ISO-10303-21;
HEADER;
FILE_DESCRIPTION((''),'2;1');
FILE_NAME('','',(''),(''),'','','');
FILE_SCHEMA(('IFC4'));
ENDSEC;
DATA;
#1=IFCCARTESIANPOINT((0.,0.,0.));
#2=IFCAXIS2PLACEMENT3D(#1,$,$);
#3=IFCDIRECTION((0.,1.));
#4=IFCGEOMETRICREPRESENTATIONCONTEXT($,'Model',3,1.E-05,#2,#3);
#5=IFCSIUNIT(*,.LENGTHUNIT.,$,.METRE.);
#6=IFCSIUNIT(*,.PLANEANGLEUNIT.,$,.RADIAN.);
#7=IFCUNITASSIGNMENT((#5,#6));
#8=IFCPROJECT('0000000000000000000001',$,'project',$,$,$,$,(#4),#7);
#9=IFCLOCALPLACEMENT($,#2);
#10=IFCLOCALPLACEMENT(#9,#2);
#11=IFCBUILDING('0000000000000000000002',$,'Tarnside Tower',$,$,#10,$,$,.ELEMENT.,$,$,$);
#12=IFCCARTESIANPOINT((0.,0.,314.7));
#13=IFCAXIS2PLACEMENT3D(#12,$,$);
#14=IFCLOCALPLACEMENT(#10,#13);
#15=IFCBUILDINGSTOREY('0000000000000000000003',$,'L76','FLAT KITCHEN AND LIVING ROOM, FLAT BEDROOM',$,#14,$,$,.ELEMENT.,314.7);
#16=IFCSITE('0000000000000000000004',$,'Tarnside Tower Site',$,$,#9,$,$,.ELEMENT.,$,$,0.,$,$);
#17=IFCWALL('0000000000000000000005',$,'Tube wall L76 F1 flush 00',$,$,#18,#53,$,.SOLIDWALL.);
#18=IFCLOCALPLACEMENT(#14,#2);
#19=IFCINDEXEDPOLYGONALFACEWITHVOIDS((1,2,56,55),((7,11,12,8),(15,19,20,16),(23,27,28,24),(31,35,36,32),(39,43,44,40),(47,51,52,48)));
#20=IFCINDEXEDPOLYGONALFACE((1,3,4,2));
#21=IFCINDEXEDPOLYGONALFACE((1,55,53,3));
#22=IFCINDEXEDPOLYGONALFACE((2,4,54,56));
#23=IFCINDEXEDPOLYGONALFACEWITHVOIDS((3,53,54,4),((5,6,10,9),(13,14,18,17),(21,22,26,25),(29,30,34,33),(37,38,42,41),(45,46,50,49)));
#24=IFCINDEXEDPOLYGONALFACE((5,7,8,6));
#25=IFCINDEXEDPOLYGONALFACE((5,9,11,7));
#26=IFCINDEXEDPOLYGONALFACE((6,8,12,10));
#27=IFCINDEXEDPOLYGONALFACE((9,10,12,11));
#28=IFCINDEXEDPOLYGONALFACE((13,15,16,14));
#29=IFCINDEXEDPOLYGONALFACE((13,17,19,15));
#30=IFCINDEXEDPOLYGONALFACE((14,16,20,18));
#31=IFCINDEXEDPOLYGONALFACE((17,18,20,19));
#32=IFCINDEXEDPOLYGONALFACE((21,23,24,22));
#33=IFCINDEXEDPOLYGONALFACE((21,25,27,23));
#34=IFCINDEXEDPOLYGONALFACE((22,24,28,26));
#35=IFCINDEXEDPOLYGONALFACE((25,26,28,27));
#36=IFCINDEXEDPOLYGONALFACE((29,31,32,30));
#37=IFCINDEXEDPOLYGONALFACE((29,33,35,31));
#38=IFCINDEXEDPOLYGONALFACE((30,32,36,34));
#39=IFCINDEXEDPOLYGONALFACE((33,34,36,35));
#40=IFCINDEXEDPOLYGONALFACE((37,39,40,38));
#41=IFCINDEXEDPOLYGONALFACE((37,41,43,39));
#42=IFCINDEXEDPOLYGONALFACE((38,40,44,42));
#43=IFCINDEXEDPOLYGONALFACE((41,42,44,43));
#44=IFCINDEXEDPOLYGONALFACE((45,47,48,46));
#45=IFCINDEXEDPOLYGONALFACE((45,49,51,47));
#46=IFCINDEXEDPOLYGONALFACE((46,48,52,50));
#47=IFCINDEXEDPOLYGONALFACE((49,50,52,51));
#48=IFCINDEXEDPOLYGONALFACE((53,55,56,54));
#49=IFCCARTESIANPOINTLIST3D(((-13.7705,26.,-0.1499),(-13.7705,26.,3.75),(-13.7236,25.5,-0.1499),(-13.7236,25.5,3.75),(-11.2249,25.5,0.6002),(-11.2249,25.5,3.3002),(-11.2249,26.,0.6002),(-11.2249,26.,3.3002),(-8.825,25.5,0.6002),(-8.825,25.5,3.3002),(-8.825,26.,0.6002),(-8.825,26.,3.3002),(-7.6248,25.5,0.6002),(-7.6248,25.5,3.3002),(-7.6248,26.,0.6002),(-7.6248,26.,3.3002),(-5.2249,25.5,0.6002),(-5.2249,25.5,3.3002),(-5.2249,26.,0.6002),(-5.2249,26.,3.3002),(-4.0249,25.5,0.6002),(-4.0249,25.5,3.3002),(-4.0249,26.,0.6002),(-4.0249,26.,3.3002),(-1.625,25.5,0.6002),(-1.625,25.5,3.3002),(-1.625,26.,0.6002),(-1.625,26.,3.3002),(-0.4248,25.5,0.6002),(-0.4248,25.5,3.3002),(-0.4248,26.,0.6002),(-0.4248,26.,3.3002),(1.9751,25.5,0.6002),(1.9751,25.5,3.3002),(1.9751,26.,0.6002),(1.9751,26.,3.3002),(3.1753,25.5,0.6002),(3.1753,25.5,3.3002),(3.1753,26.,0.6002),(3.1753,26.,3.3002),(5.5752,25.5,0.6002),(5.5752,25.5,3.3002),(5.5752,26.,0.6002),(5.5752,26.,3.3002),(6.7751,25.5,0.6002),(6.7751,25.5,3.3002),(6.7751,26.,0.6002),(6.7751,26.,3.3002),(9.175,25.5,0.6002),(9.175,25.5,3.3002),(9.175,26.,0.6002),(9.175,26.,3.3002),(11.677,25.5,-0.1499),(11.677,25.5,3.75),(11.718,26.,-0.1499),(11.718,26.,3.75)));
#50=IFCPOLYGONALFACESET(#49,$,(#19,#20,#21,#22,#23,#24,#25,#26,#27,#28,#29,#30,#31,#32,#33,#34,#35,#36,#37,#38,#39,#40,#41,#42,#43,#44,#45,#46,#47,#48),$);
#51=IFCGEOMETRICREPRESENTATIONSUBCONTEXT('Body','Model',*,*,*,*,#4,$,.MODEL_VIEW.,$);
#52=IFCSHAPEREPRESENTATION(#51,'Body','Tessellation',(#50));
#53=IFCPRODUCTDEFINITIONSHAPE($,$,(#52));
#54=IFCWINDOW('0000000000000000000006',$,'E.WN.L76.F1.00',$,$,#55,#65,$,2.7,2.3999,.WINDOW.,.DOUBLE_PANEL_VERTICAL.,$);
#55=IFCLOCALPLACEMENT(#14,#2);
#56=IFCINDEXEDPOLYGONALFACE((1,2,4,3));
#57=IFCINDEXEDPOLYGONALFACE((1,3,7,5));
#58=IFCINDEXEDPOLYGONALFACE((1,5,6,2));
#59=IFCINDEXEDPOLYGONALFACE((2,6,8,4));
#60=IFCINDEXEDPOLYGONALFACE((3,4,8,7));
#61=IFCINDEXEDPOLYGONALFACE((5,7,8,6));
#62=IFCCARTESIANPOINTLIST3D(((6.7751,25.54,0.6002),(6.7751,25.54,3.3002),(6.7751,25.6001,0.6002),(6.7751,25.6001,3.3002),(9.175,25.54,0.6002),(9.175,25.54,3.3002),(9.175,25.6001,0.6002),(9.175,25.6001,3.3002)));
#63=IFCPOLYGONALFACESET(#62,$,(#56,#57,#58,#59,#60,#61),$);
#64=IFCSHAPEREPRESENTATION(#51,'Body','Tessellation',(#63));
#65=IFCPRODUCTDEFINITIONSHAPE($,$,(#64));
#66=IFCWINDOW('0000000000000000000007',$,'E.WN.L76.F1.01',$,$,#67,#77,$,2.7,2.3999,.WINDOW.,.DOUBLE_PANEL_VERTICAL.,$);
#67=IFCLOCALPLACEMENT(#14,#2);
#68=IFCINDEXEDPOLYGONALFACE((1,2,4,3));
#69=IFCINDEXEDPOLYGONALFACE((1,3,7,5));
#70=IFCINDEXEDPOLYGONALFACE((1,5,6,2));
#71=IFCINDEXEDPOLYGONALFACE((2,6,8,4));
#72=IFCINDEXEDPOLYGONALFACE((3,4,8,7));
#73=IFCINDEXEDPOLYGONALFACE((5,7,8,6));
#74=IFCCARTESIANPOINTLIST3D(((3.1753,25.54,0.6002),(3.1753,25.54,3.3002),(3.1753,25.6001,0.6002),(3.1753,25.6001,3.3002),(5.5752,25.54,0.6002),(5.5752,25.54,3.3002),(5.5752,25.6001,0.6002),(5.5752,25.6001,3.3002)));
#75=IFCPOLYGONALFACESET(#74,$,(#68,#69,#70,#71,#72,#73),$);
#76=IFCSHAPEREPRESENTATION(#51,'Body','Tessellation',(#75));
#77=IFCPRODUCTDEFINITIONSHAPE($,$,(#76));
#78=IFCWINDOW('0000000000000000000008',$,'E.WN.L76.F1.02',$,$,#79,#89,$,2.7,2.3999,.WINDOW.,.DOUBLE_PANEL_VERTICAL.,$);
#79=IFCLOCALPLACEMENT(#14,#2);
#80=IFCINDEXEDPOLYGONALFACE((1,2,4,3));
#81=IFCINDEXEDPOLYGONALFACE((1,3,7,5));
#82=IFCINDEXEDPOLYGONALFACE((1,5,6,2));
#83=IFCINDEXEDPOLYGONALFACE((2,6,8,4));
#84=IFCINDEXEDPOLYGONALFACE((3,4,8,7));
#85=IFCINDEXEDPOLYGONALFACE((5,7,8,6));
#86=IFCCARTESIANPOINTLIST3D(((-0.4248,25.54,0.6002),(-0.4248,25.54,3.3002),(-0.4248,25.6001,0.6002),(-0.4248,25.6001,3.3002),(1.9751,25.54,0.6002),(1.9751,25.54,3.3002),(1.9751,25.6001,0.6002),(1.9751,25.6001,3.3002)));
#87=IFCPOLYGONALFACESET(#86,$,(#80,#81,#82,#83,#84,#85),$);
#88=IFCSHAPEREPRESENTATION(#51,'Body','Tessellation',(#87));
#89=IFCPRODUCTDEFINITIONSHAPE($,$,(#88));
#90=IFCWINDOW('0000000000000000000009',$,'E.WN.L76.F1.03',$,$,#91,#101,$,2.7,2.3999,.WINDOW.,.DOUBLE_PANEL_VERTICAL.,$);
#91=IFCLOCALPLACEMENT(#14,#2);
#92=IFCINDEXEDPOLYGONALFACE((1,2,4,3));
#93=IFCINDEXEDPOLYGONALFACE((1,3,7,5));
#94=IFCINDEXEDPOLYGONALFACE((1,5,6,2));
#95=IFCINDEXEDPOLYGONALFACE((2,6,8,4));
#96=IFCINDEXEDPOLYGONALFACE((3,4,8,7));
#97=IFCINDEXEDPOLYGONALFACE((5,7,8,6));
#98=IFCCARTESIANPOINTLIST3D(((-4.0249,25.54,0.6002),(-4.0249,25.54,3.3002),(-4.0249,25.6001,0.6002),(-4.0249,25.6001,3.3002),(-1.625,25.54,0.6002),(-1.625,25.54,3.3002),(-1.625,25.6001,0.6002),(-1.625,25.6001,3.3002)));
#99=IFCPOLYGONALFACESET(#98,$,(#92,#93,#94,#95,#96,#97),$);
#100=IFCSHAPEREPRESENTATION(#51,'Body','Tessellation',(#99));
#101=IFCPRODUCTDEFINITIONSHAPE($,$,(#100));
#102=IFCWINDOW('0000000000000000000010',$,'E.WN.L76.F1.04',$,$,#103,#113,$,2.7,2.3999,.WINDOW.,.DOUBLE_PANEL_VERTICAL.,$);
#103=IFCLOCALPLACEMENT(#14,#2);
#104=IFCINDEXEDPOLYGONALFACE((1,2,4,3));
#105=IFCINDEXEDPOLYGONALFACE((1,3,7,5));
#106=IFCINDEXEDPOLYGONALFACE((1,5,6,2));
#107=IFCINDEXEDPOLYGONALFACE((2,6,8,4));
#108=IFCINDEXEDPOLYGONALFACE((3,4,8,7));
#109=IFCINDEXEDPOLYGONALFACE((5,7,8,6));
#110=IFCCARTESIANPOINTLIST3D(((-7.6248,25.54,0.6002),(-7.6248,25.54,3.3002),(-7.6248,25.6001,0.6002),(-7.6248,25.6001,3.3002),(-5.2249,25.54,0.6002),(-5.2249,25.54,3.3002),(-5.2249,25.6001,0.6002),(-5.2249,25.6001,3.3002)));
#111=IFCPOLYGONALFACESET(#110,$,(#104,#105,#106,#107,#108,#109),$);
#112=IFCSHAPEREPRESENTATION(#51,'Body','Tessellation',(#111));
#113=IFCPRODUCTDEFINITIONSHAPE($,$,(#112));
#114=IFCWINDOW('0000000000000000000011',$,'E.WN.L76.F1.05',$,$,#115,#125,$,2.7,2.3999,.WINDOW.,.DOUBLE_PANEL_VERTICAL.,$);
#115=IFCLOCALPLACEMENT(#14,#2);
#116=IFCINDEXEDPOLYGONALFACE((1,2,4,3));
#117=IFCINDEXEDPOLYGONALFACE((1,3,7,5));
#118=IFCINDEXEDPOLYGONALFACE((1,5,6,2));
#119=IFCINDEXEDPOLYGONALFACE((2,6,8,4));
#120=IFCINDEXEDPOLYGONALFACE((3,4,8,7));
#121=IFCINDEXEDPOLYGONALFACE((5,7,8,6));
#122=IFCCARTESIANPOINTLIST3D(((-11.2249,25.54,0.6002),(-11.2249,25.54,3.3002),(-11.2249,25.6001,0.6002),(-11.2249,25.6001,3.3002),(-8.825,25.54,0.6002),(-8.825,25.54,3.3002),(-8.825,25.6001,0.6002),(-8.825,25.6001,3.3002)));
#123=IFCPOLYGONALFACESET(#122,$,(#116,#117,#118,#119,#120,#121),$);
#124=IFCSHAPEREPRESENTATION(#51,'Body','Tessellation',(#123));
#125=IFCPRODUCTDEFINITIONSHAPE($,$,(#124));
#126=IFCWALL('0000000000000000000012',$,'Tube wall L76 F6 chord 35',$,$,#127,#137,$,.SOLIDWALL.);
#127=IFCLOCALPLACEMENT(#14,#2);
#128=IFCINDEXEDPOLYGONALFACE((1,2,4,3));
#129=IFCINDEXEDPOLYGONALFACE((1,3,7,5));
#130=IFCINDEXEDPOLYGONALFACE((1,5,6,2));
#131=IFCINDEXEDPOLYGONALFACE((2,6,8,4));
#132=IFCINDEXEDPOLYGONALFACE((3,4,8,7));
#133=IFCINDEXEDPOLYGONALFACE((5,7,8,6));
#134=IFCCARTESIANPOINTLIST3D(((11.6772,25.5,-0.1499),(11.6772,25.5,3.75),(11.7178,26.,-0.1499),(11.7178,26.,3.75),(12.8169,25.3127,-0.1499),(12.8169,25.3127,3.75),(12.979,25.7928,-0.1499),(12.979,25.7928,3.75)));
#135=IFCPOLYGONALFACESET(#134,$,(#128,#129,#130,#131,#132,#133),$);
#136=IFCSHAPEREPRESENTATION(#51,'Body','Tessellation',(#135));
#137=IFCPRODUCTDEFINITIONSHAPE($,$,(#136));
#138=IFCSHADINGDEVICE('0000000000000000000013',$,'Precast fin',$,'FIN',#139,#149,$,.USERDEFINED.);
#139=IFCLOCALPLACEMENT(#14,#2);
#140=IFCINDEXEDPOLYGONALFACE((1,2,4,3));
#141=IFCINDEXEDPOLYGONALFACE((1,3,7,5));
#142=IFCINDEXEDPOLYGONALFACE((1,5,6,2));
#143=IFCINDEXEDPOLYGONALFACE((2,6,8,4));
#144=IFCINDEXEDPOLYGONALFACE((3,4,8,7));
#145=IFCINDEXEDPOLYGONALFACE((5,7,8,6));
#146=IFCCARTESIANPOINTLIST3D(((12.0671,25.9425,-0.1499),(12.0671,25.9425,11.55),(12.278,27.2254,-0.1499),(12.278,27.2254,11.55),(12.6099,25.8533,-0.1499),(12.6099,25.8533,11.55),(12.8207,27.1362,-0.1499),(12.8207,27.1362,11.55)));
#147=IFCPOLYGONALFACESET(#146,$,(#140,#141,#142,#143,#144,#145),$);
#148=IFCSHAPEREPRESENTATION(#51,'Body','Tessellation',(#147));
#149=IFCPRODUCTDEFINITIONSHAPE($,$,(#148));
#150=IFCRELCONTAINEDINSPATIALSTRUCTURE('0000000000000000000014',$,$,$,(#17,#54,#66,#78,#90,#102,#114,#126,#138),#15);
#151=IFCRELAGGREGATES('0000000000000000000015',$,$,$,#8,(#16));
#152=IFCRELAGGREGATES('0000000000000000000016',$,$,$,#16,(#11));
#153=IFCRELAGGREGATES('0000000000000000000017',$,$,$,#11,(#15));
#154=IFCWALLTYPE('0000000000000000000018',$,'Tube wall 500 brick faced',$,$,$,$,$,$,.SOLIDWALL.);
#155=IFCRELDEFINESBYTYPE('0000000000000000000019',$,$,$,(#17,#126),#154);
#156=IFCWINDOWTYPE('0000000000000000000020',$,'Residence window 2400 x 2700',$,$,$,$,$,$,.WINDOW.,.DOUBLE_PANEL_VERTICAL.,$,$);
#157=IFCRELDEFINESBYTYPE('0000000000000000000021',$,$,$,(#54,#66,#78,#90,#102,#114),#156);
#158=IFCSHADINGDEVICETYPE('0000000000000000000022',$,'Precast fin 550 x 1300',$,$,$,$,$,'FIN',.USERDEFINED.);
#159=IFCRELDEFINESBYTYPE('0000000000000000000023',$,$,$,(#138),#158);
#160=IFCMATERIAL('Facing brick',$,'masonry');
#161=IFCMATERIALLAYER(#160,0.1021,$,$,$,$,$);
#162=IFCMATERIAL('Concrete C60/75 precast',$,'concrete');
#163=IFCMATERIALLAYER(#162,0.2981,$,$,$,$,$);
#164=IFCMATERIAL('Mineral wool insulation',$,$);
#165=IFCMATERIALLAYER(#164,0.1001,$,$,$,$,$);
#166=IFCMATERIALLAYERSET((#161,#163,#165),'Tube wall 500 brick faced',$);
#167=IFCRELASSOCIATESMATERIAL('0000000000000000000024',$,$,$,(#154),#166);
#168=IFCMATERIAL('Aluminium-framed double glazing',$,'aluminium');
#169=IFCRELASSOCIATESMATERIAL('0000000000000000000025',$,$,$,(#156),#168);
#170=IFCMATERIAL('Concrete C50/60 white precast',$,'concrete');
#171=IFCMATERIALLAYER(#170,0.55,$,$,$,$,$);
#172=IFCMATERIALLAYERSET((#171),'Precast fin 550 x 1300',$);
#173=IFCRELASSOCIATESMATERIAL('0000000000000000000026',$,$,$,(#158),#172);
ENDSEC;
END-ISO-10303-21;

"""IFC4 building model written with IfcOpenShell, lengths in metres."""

from ifc_helpers import new_model, si_unit, direction, frame, frame_2d, origin, place, context, subcontext, project, spatial, polyline, rectangle, outline, extrude, material, layer, layer_set, type_object, element, fill, save


model = new_model("IFC4")

# Units and contexts
model_context = context("Model", 3, precision=1e-05, world=origin(), true_north=direction((0.0, 1.0)))
body_context = subcontext(model_context, "Body", "Model", "MODEL_VIEW")
ifc_project = project(units=[si_unit("LENGTHUNIT", "METRE"), si_unit("PLANEANGLEUNIT", "RADIAN")], contexts=[model_context])

# Site, building, storey
site_placement = place(None, origin())
site = spatial("IfcSite", under=ifc_project, at=site_placement, Name="Tarnside Tower Site", CompositionType="ELEMENT", RefElevation=0.0)
building_placement = place(site_placement, origin())
building = spatial("IfcBuilding", under=site, at=building_placement, Name="Tarnside Tower", CompositionType="ELEMENT")
storey_placement = place(building_placement, frame((0.0, 0.0, 314.7)))
storey = spatial("IfcBuildingStorey", under=building, at=storey_placement, Name="L76", Description="FLAT KITCHEN AND LIVING ROOM, FLAT BEDROOM", CompositionType="ELEMENT", Elevation=314.7)

# Wall, openings, windows
ifc_material_1 = material(Name="Facing brick", Category="masonry")
ifc_layer_1 = layer(ifc_material_1, 0.1021)
ifc_material_2 = material(Name="Concrete C60/75 precast", Category="concrete")
ifc_layer_2 = layer(ifc_material_2, 0.2981)
ifc_material_3 = material(Name="Mineral wool insulation")
ifc_layer_3 = layer(ifc_material_3, 0.1001)
ifc_layer_set_1 = layer_set([ifc_layer_1, ifc_layer_2, ifc_layer_3], Name="Tube wall 500 brick faced")
wall_type_1 = type_object("IfcWallType", Name="Tube wall 500 brick faced", PredefinedType="SOLIDWALL", material=ifc_layer_set_1)
wall_1_placement = place(storey_placement, frame((11.6975, 25.75, -0.1499), z_axis=(0.0, 0.0, 1.0), x_axis=(-1.0, 0.0, 0.0)))
wall_1 = element("IfcWall", 1, at=wall_1_placement, inside=storey, type_object=wall_type_1, Name="Tube wall L76 F1 flush 00", PredefinedType="SOLIDWALL", context=body_context, shape_type="SweptSolid", body=[
    extrude(outline(polyline([(-0.0205, -0.25), (25.468, -0.25), (25.4211, 0.25), (0.0205, 0.25), (-0.0205, -0.25)])), origin(), (0.0, 0.0, 1.0), 3.8999),
])
opening_1_placement = place(wall_1_placement, frame((2.5225, 0.0, 0.75)))
opening_1 = element("IfcOpeningElement", 2, at=opening_1_placement, cuts=wall_1, PredefinedType="OPENING", context=body_context, shape_type="SweptSolid", body=[
    extrude(rectangle(XDim=2.3999, YDim=2.7, at=frame_2d((1.2, 1.3501))), frame((0.0, 0.26, 0.0), z_axis=(0.0, -1.0, 0.0), x_axis=(1.0, 0.0, 0.0)), (0.0, 0.0, 1.0), 0.52),
])
opening_2_placement = place(wall_1_placement, frame((6.1223, 0.0, 0.75)))
opening_2 = element("IfcOpeningElement", 3, at=opening_2_placement, cuts=wall_1, PredefinedType="OPENING", context=body_context, shape_type="SweptSolid", body=[
    extrude(rectangle(XDim=2.3999, YDim=2.7, at=frame_2d((1.2, 1.3501))), frame((0.0, 0.26, 0.0), z_axis=(0.0, -1.0, 0.0), x_axis=(1.0, 0.0, 0.0)), (0.0, 0.0, 1.0), 0.52),
])
opening_3_placement = place(wall_1_placement, frame((9.7224, 0.0, 0.75)))
opening_3 = element("IfcOpeningElement", 4, at=opening_3_placement, cuts=wall_1, PredefinedType="OPENING", context=body_context, shape_type="SweptSolid", body=[
    extrude(rectangle(XDim=2.3999, YDim=2.7, at=frame_2d((1.2, 1.3501))), frame((0.0, 0.26, 0.0), z_axis=(0.0, -1.0, 0.0), x_axis=(1.0, 0.0, 0.0)), (0.0, 0.0, 1.0), 0.52),
])
opening_4_placement = place(wall_1_placement, frame((13.3225, 0.0, 0.75)))
opening_4 = element("IfcOpeningElement", 5, at=opening_4_placement, cuts=wall_1, PredefinedType="OPENING", context=body_context, shape_type="SweptSolid", body=[
    extrude(rectangle(XDim=2.3999, YDim=2.7, at=frame_2d((1.2, 1.3501))), frame((0.0, 0.26, 0.0), z_axis=(0.0, -1.0, 0.0), x_axis=(1.0, 0.0, 0.0)), (0.0, 0.0, 1.0), 0.52),
])
opening_5_placement = place(wall_1_placement, frame((16.9224, 0.0, 0.75)))
opening_5 = element("IfcOpeningElement", 6, at=opening_5_placement, cuts=wall_1, PredefinedType="OPENING", context=body_context, shape_type="SweptSolid", body=[
    extrude(rectangle(XDim=2.3999, YDim=2.7, at=frame_2d((1.2, 1.3501))), frame((0.0, 0.26, 0.0), z_axis=(0.0, -1.0, 0.0), x_axis=(1.0, 0.0, 0.0)), (0.0, 0.0, 1.0), 0.52),
])
opening_6_placement = place(wall_1_placement, frame((20.5225, 0.0, 0.75)))
opening_6 = element("IfcOpeningElement", 7, at=opening_6_placement, cuts=wall_1, PredefinedType="OPENING", context=body_context, shape_type="SweptSolid", body=[
    extrude(rectangle(XDim=2.3999, YDim=2.7, at=frame_2d((1.2, 1.3501))), frame((0.0, 0.26, 0.0), z_axis=(0.0, -1.0, 0.0), x_axis=(1.0, 0.0, 0.0)), (0.0, 0.0, 1.0), 0.52),
])
ifc_material_4 = material(Name="Aluminium-framed double glazing", Category="aluminium")
window_type = type_object("IfcWindowType", Name="Residence window 2400 x 2700", PartitioningType="DOUBLE_PANEL_VERTICAL", PredefinedType="WINDOW", material=ifc_material_4)
window_1_placement = place(opening_1_placement, frame((0.0, 0.1799, 0.0)))
window_1 = element("IfcWindow", 8, at=window_1_placement, inside=storey, type_object=window_type, Name="E.WN.L76.F1.00", OverallHeight=2.7, OverallWidth=2.3999, PartitioningType="DOUBLE_PANEL_VERTICAL", PredefinedType="WINDOW", context=body_context, shape_type="SweptSolid", body=[
    extrude(rectangle(XDim=2.3999, YDim=2.7, at=frame_2d((1.2, 1.3501))), frame((0.0, 0.03, 0.0), z_axis=(0.0, -1.0, 0.0), x_axis=(1.0, 0.0, 0.0)), (0.0, 0.0, 1.0), 0.0601),
])
fill(opening_1, window_1)
window_2_placement = place(opening_2_placement, frame((0.0, 0.1799, 0.0)))
window_2 = element("IfcWindow", 9, at=window_2_placement, inside=storey, type_object=window_type, Name="E.WN.L76.F1.01", OverallHeight=2.7, OverallWidth=2.3999, PartitioningType="DOUBLE_PANEL_VERTICAL", PredefinedType="WINDOW", context=body_context, shape_type="SweptSolid", body=[
    extrude(rectangle(XDim=2.3999, YDim=2.7, at=frame_2d((1.2, 1.3501))), frame((0.0, 0.03, 0.0), z_axis=(0.0, -1.0, 0.0), x_axis=(1.0, 0.0, 0.0)), (0.0, 0.0, 1.0), 0.0601),
])
fill(opening_2, window_2)
window_3_placement = place(opening_3_placement, frame((0.0, 0.1799, 0.0)))
window_3 = element("IfcWindow", 10, at=window_3_placement, inside=storey, type_object=window_type, Name="E.WN.L76.F1.02", OverallHeight=2.7, OverallWidth=2.3999, PartitioningType="DOUBLE_PANEL_VERTICAL", PredefinedType="WINDOW", context=body_context, shape_type="SweptSolid", body=[
    extrude(rectangle(XDim=2.3999, YDim=2.7, at=frame_2d((1.2, 1.3501))), frame((0.0, 0.03, 0.0), z_axis=(0.0, -1.0, 0.0), x_axis=(1.0, 0.0, 0.0)), (0.0, 0.0, 1.0), 0.0601),
])
fill(opening_3, window_3)
window_4_placement = place(opening_4_placement, frame((0.0, 0.1799, 0.0)))
window_4 = element("IfcWindow", 11, at=window_4_placement, inside=storey, type_object=window_type, Name="E.WN.L76.F1.03", OverallHeight=2.7, OverallWidth=2.3999, PartitioningType="DOUBLE_PANEL_VERTICAL", PredefinedType="WINDOW", context=body_context, shape_type="SweptSolid", body=[
    extrude(rectangle(XDim=2.3999, YDim=2.7, at=frame_2d((1.2, 1.3501))), frame((0.0, 0.03, 0.0), z_axis=(0.0, -1.0, 0.0), x_axis=(1.0, 0.0, 0.0)), (0.0, 0.0, 1.0), 0.0601),
])
fill(opening_4, window_4)
window_5_placement = place(opening_5_placement, frame((0.0, 0.1799, 0.0)))
window_5 = element("IfcWindow", 12, at=window_5_placement, inside=storey, type_object=window_type, Name="E.WN.L76.F1.04", OverallHeight=2.7, OverallWidth=2.3999, PartitioningType="DOUBLE_PANEL_VERTICAL", PredefinedType="WINDOW", context=body_context, shape_type="SweptSolid", body=[
    extrude(rectangle(XDim=2.3999, YDim=2.7, at=frame_2d((1.2, 1.3501))), frame((0.0, 0.03, 0.0), z_axis=(0.0, -1.0, 0.0), x_axis=(1.0, 0.0, 0.0)), (0.0, 0.0, 1.0), 0.0601),
])
fill(opening_5, window_5)
window_6_placement = place(opening_6_placement, frame((0.0, 0.1799, 0.0)))
window_6 = element("IfcWindow", 13, at=window_6_placement, inside=storey, type_object=window_type, Name="E.WN.L76.F1.05", OverallHeight=2.7, OverallWidth=2.3999, PartitioningType="DOUBLE_PANEL_VERTICAL", PredefinedType="WINDOW", context=body_context, shape_type="SweptSolid", body=[
    extrude(rectangle(XDim=2.3999, YDim=2.7, at=frame_2d((1.2, 1.3501))), frame((0.0, 0.03, 0.0), z_axis=(0.0, -1.0, 0.0), x_axis=(1.0, 0.0, 0.0)), (0.0, 0.0, 1.0), 0.0601),
])
fill(opening_6, window_6)

# Wall
wall_2_placement = place(storey_placement, frame((12.8979, 25.5527, -0.1499), z_axis=(0.0, 0.0, 1.0), x_axis=(-0.986766, 0.162153, 0.0)))
element("IfcWall", 14, at=wall_2_placement, inside=storey, type_object=wall_type_1, Name="Tube wall L76 F6 chord 35", PredefinedType="SOLIDWALL", context=body_context, shape_type="SweptSolid", body=[
    extrude(outline(polyline([(-0.041, -0.25), (1.2371, -0.25), (1.196, 0.25), (0.041, 0.25), (-0.041, -0.25)])), origin(), (0.0, 0.0, 1.0), 3.8999),
])

# Shading device
ifc_material_5 = material(Name="Concrete C50/60 white precast", Category="concrete")
ifc_layer_4 = layer(ifc_material_5, 0.55)
ifc_layer_set_2 = layer_set([ifc_layer_4], Name="Precast fin 550 x 1300")
shading_device_type_1 = type_object("IfcShadingDeviceType", Name="Precast fin 550 x 1300", ElementType="FIN", PredefinedType="USERDEFINED", material=ifc_layer_set_2)
shading_device_placement = place(storey_placement, frame((12.3384, 25.8979, -0.1499), z_axis=(0.986762, -0.162178, 0.0), x_axis=(0.162178, 0.986762, 0.0)))
element("IfcShadingDevice", 15, at=shading_device_placement, inside=storey, type_object=shading_device_type_1, Name="Precast fin", ObjectType="FIN", PredefinedType="USERDEFINED", context=body_context, shape_type="SweptSolid", body=[
    extrude(outline(polyline([(0.0, 0.0), (1.3, 0.0), (1.3, 11.7), (0.0, 11.7), (0.0, 0.0)])), frame((0.0, 0.0, -0.2749)), (0.0, 0.0, 1.0), 0.55),
])

save(model, "model.ifc")
